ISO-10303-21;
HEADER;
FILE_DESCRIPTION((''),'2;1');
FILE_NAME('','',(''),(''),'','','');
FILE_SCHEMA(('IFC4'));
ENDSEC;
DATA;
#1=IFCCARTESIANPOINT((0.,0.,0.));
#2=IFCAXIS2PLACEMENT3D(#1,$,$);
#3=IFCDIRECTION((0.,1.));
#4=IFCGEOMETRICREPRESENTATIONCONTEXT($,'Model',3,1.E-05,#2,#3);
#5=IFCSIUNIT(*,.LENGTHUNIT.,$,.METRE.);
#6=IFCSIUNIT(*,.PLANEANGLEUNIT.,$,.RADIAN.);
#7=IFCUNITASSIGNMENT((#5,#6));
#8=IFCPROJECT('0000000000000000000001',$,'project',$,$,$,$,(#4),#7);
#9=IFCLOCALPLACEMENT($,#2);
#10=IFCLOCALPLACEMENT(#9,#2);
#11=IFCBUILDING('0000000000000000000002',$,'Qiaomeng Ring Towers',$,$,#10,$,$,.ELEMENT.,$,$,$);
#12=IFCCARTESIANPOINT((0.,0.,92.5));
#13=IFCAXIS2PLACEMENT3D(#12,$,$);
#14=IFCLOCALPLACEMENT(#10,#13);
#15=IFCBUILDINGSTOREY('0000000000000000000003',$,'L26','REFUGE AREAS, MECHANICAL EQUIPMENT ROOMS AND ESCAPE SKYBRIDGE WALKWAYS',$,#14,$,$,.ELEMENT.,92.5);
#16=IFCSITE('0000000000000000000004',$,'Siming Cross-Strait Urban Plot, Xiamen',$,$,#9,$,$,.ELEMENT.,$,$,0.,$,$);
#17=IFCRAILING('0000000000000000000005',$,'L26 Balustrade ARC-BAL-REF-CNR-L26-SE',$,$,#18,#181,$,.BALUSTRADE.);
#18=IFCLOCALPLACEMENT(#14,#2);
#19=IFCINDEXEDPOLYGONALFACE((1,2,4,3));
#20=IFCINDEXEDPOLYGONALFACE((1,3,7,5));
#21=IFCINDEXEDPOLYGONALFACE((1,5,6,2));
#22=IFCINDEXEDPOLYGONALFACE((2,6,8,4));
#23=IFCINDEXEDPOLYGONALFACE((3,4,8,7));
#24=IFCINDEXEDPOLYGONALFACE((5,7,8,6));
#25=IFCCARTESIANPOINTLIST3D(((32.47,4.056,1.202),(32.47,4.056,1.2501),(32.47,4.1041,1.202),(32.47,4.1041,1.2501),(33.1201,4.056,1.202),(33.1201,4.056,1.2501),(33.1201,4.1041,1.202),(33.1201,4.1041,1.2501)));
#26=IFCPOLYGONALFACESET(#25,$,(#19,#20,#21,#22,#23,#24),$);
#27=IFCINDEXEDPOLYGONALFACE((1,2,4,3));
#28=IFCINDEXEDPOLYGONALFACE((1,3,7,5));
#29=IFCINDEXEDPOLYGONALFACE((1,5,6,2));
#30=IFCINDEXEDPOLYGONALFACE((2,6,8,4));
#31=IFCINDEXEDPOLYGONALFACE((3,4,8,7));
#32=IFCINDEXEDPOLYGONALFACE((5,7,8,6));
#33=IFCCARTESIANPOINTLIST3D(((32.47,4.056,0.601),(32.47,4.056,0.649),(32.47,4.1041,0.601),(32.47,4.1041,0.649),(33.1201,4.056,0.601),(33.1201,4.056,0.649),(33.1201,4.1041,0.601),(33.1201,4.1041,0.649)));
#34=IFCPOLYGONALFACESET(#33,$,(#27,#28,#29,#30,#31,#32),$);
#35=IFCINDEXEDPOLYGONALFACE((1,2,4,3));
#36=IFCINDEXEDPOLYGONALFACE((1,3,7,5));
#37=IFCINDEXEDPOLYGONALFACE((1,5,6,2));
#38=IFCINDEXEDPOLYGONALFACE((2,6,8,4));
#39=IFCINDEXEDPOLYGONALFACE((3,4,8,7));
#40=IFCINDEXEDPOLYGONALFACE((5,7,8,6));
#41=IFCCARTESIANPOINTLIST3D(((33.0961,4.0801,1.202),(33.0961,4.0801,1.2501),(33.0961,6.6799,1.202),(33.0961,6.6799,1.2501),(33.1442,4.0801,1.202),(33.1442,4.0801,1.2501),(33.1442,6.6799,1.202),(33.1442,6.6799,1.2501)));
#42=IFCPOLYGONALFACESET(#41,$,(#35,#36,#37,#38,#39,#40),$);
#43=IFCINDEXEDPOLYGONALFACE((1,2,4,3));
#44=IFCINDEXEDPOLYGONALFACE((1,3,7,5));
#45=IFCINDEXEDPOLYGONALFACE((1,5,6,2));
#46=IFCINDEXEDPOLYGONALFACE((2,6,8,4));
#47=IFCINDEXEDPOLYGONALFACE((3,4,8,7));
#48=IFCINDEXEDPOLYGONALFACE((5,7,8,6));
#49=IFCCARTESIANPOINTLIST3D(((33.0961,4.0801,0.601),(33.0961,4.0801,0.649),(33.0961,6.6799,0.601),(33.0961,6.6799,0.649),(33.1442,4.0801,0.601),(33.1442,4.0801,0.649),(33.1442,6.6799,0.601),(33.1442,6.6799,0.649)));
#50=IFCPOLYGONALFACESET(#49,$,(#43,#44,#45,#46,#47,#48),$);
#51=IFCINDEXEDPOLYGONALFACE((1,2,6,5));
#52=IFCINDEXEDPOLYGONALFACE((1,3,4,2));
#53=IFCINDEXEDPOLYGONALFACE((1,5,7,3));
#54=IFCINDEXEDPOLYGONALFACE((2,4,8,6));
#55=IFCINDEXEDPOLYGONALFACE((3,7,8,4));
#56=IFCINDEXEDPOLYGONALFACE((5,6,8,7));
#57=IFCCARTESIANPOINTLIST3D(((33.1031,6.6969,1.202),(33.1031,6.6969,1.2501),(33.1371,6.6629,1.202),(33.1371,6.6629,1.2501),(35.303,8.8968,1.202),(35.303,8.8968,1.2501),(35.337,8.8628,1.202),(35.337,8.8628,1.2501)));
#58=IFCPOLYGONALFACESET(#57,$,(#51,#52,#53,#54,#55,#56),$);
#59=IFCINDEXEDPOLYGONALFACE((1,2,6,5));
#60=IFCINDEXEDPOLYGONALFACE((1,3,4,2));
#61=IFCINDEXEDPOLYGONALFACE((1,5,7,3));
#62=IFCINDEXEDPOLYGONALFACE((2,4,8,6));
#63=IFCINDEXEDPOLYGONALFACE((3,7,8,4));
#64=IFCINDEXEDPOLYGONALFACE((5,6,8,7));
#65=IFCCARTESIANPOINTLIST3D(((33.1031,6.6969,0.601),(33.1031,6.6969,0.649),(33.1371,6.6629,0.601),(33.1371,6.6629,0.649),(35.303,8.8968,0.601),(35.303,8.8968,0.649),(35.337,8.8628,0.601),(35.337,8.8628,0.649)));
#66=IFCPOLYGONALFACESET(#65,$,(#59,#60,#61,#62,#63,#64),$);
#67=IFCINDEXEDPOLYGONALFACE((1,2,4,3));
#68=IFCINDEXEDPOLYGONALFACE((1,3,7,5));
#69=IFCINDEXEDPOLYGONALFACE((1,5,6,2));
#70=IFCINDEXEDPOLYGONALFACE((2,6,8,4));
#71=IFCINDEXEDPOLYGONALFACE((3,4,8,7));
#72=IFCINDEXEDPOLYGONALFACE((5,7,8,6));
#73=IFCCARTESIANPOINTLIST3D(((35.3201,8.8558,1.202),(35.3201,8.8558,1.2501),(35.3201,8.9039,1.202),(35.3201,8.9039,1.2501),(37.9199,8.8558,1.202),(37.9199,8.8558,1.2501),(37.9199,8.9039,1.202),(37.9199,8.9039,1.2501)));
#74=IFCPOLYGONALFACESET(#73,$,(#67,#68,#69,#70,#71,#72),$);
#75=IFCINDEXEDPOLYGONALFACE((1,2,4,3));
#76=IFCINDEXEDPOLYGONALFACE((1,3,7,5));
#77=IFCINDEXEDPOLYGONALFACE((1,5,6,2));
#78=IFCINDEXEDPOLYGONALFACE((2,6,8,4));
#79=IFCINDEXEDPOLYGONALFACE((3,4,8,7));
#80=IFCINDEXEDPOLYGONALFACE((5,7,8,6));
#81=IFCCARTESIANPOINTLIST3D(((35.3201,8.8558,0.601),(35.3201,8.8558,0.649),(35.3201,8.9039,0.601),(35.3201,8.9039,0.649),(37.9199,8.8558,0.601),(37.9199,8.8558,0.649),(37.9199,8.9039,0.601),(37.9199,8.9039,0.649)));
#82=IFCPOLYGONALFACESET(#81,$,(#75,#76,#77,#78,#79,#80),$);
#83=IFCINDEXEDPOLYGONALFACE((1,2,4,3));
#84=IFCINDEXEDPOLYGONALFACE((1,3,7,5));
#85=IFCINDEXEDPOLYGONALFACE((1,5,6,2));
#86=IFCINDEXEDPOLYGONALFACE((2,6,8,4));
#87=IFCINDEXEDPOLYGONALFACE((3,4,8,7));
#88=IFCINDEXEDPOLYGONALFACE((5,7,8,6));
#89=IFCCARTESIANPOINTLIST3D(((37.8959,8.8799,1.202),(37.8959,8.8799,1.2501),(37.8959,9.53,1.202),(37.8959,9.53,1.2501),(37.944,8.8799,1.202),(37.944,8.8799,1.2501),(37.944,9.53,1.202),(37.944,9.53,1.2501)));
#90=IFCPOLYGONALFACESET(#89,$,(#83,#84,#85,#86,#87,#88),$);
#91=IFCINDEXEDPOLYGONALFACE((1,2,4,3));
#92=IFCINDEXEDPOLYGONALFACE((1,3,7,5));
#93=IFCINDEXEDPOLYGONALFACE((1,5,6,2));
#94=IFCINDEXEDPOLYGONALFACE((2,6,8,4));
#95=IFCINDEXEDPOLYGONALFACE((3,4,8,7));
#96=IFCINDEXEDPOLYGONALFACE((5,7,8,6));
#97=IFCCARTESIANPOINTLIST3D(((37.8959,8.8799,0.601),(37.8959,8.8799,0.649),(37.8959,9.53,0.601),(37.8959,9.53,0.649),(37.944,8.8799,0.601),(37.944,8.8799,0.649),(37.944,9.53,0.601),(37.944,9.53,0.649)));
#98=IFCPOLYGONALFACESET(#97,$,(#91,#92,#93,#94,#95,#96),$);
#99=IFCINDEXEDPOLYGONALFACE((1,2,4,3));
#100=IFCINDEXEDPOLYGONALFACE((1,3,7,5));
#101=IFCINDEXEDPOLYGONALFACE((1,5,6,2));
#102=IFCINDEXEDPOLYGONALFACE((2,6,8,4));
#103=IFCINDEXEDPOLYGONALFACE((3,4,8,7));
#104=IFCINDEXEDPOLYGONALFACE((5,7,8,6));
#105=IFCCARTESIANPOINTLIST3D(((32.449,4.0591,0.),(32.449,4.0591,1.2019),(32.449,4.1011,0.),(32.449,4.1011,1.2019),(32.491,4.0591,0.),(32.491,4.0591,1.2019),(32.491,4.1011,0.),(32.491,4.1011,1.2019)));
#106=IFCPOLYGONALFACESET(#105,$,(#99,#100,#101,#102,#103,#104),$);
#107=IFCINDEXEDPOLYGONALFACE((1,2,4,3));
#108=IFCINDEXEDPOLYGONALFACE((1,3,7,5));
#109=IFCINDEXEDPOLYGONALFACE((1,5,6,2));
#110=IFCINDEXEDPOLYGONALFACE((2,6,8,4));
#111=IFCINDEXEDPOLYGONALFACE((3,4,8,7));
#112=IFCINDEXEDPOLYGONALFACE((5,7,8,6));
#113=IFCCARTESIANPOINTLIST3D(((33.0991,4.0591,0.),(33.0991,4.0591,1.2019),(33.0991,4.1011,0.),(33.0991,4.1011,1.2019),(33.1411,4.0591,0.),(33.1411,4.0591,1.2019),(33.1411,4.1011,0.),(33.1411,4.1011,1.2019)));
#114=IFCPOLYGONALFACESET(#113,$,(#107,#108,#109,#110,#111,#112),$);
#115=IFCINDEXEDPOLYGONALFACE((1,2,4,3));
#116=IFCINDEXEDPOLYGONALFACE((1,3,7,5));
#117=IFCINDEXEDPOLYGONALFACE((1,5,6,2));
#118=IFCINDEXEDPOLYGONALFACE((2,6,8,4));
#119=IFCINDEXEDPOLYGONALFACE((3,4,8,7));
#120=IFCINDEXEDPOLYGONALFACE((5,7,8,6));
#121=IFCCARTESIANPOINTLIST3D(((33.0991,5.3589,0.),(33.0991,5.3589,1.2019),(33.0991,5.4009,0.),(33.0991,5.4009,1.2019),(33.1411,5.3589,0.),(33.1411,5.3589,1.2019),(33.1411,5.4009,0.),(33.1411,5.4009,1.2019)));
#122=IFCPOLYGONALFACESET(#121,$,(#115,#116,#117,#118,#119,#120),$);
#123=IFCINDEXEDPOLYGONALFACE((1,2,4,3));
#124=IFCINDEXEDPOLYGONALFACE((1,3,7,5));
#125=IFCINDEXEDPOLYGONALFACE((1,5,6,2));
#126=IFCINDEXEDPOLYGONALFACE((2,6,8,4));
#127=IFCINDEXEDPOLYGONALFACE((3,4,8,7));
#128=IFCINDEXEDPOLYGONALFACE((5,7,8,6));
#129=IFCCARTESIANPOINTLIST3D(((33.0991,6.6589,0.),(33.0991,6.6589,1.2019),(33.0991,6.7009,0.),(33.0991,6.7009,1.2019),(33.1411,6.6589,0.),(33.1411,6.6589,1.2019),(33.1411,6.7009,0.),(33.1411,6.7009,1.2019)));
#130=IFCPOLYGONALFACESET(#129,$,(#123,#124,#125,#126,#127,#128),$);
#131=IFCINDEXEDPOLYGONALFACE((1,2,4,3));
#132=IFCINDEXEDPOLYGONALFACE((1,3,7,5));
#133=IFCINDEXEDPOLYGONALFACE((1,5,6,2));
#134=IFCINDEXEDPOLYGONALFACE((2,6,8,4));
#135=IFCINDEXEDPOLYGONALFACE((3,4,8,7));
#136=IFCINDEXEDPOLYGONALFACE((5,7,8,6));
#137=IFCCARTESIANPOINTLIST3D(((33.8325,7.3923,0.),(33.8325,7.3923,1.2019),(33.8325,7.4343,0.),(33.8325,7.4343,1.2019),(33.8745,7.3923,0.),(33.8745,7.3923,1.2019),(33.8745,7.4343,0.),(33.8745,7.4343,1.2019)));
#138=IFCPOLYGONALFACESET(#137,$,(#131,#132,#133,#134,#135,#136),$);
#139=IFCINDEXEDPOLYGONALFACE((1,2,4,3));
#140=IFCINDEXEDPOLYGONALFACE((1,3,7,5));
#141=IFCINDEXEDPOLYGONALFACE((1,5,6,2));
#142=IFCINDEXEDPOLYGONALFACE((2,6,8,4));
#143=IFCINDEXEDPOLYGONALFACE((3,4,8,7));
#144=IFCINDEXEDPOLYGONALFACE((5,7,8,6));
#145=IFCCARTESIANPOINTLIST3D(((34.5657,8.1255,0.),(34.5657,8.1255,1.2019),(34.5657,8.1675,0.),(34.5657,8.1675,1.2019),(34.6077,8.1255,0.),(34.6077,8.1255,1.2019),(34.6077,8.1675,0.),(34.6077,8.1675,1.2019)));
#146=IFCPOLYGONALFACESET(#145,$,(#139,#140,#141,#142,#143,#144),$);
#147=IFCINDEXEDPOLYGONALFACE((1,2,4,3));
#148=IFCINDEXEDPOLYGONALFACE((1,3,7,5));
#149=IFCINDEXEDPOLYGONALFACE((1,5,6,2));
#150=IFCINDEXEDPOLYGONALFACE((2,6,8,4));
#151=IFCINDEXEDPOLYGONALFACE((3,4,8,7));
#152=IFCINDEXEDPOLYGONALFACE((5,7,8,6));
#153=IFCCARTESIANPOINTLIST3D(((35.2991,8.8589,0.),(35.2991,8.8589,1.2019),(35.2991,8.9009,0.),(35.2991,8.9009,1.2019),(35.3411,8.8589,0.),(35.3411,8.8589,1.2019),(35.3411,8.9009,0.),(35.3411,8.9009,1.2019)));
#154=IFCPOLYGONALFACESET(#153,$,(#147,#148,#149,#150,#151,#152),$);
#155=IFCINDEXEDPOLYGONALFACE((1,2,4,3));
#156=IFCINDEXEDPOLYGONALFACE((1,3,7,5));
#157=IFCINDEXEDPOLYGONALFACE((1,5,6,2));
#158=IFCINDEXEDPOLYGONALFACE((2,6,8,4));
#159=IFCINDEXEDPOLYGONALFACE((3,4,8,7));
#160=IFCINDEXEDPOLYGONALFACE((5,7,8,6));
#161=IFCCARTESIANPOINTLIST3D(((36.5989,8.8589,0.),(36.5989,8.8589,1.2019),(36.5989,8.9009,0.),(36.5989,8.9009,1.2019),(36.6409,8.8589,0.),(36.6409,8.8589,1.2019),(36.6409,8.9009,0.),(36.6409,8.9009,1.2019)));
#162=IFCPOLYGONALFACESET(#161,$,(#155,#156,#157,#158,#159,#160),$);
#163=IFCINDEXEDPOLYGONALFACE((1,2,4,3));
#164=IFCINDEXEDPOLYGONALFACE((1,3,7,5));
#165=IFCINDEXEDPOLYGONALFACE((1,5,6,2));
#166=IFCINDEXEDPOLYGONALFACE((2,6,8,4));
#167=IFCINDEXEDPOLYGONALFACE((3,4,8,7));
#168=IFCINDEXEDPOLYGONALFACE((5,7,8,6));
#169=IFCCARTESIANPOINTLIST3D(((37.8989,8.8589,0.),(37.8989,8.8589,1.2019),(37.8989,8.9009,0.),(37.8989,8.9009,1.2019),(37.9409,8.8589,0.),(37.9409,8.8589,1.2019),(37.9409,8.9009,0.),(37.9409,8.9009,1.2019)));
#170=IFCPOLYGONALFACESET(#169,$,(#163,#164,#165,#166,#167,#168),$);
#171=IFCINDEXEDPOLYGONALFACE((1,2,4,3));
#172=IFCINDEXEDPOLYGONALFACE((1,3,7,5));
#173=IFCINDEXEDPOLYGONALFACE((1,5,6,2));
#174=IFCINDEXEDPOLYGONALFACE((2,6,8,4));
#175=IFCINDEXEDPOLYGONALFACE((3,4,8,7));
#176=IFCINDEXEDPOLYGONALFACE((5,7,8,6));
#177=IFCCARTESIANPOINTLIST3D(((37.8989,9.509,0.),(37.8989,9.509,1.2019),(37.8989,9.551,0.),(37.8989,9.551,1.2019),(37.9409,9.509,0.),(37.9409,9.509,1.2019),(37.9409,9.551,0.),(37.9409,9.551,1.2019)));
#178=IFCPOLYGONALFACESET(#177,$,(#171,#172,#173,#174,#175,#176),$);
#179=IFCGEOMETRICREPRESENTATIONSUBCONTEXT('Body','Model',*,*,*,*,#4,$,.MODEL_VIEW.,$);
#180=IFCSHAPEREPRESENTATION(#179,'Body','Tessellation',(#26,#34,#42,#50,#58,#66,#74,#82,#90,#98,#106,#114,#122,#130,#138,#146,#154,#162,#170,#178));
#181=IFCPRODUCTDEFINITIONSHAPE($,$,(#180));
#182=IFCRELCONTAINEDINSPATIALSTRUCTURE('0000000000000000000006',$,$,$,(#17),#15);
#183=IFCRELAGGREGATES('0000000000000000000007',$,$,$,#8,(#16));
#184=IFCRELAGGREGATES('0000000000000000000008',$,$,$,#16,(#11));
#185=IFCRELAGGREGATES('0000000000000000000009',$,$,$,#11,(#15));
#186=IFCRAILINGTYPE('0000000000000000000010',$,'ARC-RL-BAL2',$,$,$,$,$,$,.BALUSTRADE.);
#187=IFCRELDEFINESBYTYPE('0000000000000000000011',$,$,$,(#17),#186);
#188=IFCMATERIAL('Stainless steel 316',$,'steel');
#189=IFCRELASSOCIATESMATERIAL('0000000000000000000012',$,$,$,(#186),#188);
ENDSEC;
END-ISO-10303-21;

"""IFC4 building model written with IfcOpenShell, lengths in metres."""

from ifc_helpers import new_model, si_unit, direction, frame, origin, origin_2d, place, context, subcontext, project, spatial, rectangle, extrude, material, type_object, element, save


model = new_model("IFC4")

# Units and contexts
model_context = context("Model", 3, precision=1e-05, world=origin(), true_north=direction((0.0, 1.0)))
body_context = subcontext(model_context, "Body", "Model", "MODEL_VIEW")
ifc_project = project(units=[si_unit("LENGTHUNIT", "METRE"), si_unit("PLANEANGLEUNIT", "RADIAN")], contexts=[model_context])

# Site, building, storey
site_placement = place(None, origin())
site = spatial("IfcSite", under=ifc_project, at=site_placement, Name="Siming Cross-Strait Urban Plot, Xiamen", CompositionType="ELEMENT", RefElevation=0.0)
building_placement = place(site_placement, origin())
building = spatial("IfcBuilding", under=site, at=building_placement, Name="Qiaomeng Ring Towers", CompositionType="ELEMENT")
storey_placement = place(building_placement, frame((0.0, 0.0, 92.5)))
storey = spatial("IfcBuildingStorey", under=building, at=storey_placement, Name="L26", Description="REFUGE AREAS, MECHANICAL EQUIPMENT ROOMS AND ESCAPE SKYBRIDGE WALKWAYS", CompositionType="ELEMENT", Elevation=92.5)

# Shared definitions
ifc_material_1 = material(Name="Stainless steel 316", Category="steel")

# Railing
railing_type = type_object("IfcRailingType", Name="ARC-RL-BAL2", PredefinedType="BALUSTRADE", material=ifc_material_1)
railing_placement = place(storey_placement, frame((32.47, 4.0801, 0.0)))
element("IfcRailing", 1, at=railing_placement, inside=storey, type_object=railing_type, Name="L26 Balustrade ARC-BAL-REF-CNR-L26-SE", PredefinedType="BALUSTRADE", context=body_context, shape_type="SweptSolid", body=[
    extrude(rectangle(XDim=0.0481, YDim=0.0481, at=origin_2d()), frame((0.0, 0.0, 1.2261), z_axis=(1.0, 0.0, 0.0), x_axis=(0.0, 1.0, 0.0)), (0.0, 0.0, 1.0), 0.6501),
    extrude(rectangle(XDim=0.0481, YDim=0.0481, at=origin_2d()), frame((0.0, 0.0, 0.625), z_axis=(1.0, 0.0, 0.0), x_axis=(0.0, 1.0, 0.0)), (0.0, 0.0, 1.0), 0.6501),
    extrude(rectangle(XDim=0.0481, YDim=0.0481, at=origin_2d()), frame((0.6501, 0.0, 1.2261), z_axis=(0.0, 1.0, 0.0), x_axis=(-1.0, 0.0, 0.0)), (0.0, 0.0, 1.0), 2.5999),
    extrude(rectangle(XDim=0.0481, YDim=0.0481, at=origin_2d()), frame((0.6501, 0.0, 0.625), z_axis=(0.0, 1.0, 0.0), x_axis=(-1.0, 0.0, 0.0)), (0.0, 0.0, 1.0), 2.5999),
    extrude(rectangle(XDim=0.0481, YDim=0.0481, at=origin_2d()), frame((0.6501, 2.5999, 1.2261), z_axis=(0.707107, 0.707107, 0.0), x_axis=(-0.707107, 0.707107, 0.0)), (0.0, 0.0, 1.0), 3.1111),
    extrude(rectangle(XDim=0.0481, YDim=0.0481, at=origin_2d()), frame((0.6501, 2.5999, 0.625), z_axis=(0.707107, 0.707107, 0.0), x_axis=(-0.707107, 0.707107, 0.0)), (0.0, 0.0, 1.0), 3.1111),
    extrude(rectangle(XDim=0.0481, YDim=0.0481, at=origin_2d()), frame((2.8501, 4.7998, 1.2261), z_axis=(1.0, 0.0, 0.0), x_axis=(0.0, 1.0, 0.0)), (0.0, 0.0, 1.0), 2.5999),
    extrude(rectangle(XDim=0.0481, YDim=0.0481, at=origin_2d()), frame((2.8501, 4.7998, 0.625), z_axis=(1.0, 0.0, 0.0), x_axis=(0.0, 1.0, 0.0)), (0.0, 0.0, 1.0), 2.5999),
    extrude(rectangle(XDim=0.0481, YDim=0.0481, at=origin_2d()), frame((5.45, 4.7998, 1.2261), z_axis=(0.0, 1.0, 0.0), x_axis=(-1.0, 0.0, 0.0)), (0.0, 0.0, 1.0), 0.6501),
    extrude(rectangle(XDim=0.0481, YDim=0.0481, at=origin_2d()), frame((5.45, 4.7998, 0.625), z_axis=(0.0, 1.0, 0.0), x_axis=(-1.0, 0.0, 0.0)), (0.0, 0.0, 1.0), 0.6501),
    extrude(rectangle(XDim=0.042, YDim=0.042, at=origin_2d()), origin(), (0.0, 0.0, 1.0), 1.2019),
    extrude(rectangle(XDim=0.042, YDim=0.042, at=origin_2d()), frame((0.6501, 0.0, 0.0)), (0.0, 0.0, 1.0), 1.2019),
    extrude(rectangle(XDim=0.042, YDim=0.042, at=origin_2d()), frame((0.6501, 1.2998, 0.0)), (0.0, 0.0, 1.0), 1.2019),
    extrude(rectangle(XDim=0.042, YDim=0.042, at=origin_2d()), frame((0.6501, 2.5999, 0.0)), (0.0, 0.0, 1.0), 1.2019),
    extrude(rectangle(XDim=0.042, YDim=0.042, at=origin_2d()), frame((1.3835, 3.3333, 0.0)), (0.0, 0.0, 1.0), 1.2019),
    extrude(rectangle(XDim=0.042, YDim=0.042, at=origin_2d()), frame((2.1167, 4.0664, 0.0)), (0.0, 0.0, 1.0), 1.2019),
    extrude(rectangle(XDim=0.042, YDim=0.042, at=origin_2d()), frame((2.8501, 4.7998, 0.0)), (0.0, 0.0, 1.0), 1.2019),
    extrude(rectangle(XDim=0.042, YDim=0.042, at=origin_2d()), frame((4.1499, 4.7998, 0.0)), (0.0, 0.0, 1.0), 1.2019),
    extrude(rectangle(XDim=0.042, YDim=0.042, at=origin_2d()), frame((5.45, 4.7998, 0.0)), (0.0, 0.0, 1.0), 1.2019),
    extrude(rectangle(XDim=0.042, YDim=0.042, at=origin_2d()), frame((5.45, 5.45, 0.0)), (0.0, 0.0, 1.0), 1.2019),
])

save(model, "model.ifc")
